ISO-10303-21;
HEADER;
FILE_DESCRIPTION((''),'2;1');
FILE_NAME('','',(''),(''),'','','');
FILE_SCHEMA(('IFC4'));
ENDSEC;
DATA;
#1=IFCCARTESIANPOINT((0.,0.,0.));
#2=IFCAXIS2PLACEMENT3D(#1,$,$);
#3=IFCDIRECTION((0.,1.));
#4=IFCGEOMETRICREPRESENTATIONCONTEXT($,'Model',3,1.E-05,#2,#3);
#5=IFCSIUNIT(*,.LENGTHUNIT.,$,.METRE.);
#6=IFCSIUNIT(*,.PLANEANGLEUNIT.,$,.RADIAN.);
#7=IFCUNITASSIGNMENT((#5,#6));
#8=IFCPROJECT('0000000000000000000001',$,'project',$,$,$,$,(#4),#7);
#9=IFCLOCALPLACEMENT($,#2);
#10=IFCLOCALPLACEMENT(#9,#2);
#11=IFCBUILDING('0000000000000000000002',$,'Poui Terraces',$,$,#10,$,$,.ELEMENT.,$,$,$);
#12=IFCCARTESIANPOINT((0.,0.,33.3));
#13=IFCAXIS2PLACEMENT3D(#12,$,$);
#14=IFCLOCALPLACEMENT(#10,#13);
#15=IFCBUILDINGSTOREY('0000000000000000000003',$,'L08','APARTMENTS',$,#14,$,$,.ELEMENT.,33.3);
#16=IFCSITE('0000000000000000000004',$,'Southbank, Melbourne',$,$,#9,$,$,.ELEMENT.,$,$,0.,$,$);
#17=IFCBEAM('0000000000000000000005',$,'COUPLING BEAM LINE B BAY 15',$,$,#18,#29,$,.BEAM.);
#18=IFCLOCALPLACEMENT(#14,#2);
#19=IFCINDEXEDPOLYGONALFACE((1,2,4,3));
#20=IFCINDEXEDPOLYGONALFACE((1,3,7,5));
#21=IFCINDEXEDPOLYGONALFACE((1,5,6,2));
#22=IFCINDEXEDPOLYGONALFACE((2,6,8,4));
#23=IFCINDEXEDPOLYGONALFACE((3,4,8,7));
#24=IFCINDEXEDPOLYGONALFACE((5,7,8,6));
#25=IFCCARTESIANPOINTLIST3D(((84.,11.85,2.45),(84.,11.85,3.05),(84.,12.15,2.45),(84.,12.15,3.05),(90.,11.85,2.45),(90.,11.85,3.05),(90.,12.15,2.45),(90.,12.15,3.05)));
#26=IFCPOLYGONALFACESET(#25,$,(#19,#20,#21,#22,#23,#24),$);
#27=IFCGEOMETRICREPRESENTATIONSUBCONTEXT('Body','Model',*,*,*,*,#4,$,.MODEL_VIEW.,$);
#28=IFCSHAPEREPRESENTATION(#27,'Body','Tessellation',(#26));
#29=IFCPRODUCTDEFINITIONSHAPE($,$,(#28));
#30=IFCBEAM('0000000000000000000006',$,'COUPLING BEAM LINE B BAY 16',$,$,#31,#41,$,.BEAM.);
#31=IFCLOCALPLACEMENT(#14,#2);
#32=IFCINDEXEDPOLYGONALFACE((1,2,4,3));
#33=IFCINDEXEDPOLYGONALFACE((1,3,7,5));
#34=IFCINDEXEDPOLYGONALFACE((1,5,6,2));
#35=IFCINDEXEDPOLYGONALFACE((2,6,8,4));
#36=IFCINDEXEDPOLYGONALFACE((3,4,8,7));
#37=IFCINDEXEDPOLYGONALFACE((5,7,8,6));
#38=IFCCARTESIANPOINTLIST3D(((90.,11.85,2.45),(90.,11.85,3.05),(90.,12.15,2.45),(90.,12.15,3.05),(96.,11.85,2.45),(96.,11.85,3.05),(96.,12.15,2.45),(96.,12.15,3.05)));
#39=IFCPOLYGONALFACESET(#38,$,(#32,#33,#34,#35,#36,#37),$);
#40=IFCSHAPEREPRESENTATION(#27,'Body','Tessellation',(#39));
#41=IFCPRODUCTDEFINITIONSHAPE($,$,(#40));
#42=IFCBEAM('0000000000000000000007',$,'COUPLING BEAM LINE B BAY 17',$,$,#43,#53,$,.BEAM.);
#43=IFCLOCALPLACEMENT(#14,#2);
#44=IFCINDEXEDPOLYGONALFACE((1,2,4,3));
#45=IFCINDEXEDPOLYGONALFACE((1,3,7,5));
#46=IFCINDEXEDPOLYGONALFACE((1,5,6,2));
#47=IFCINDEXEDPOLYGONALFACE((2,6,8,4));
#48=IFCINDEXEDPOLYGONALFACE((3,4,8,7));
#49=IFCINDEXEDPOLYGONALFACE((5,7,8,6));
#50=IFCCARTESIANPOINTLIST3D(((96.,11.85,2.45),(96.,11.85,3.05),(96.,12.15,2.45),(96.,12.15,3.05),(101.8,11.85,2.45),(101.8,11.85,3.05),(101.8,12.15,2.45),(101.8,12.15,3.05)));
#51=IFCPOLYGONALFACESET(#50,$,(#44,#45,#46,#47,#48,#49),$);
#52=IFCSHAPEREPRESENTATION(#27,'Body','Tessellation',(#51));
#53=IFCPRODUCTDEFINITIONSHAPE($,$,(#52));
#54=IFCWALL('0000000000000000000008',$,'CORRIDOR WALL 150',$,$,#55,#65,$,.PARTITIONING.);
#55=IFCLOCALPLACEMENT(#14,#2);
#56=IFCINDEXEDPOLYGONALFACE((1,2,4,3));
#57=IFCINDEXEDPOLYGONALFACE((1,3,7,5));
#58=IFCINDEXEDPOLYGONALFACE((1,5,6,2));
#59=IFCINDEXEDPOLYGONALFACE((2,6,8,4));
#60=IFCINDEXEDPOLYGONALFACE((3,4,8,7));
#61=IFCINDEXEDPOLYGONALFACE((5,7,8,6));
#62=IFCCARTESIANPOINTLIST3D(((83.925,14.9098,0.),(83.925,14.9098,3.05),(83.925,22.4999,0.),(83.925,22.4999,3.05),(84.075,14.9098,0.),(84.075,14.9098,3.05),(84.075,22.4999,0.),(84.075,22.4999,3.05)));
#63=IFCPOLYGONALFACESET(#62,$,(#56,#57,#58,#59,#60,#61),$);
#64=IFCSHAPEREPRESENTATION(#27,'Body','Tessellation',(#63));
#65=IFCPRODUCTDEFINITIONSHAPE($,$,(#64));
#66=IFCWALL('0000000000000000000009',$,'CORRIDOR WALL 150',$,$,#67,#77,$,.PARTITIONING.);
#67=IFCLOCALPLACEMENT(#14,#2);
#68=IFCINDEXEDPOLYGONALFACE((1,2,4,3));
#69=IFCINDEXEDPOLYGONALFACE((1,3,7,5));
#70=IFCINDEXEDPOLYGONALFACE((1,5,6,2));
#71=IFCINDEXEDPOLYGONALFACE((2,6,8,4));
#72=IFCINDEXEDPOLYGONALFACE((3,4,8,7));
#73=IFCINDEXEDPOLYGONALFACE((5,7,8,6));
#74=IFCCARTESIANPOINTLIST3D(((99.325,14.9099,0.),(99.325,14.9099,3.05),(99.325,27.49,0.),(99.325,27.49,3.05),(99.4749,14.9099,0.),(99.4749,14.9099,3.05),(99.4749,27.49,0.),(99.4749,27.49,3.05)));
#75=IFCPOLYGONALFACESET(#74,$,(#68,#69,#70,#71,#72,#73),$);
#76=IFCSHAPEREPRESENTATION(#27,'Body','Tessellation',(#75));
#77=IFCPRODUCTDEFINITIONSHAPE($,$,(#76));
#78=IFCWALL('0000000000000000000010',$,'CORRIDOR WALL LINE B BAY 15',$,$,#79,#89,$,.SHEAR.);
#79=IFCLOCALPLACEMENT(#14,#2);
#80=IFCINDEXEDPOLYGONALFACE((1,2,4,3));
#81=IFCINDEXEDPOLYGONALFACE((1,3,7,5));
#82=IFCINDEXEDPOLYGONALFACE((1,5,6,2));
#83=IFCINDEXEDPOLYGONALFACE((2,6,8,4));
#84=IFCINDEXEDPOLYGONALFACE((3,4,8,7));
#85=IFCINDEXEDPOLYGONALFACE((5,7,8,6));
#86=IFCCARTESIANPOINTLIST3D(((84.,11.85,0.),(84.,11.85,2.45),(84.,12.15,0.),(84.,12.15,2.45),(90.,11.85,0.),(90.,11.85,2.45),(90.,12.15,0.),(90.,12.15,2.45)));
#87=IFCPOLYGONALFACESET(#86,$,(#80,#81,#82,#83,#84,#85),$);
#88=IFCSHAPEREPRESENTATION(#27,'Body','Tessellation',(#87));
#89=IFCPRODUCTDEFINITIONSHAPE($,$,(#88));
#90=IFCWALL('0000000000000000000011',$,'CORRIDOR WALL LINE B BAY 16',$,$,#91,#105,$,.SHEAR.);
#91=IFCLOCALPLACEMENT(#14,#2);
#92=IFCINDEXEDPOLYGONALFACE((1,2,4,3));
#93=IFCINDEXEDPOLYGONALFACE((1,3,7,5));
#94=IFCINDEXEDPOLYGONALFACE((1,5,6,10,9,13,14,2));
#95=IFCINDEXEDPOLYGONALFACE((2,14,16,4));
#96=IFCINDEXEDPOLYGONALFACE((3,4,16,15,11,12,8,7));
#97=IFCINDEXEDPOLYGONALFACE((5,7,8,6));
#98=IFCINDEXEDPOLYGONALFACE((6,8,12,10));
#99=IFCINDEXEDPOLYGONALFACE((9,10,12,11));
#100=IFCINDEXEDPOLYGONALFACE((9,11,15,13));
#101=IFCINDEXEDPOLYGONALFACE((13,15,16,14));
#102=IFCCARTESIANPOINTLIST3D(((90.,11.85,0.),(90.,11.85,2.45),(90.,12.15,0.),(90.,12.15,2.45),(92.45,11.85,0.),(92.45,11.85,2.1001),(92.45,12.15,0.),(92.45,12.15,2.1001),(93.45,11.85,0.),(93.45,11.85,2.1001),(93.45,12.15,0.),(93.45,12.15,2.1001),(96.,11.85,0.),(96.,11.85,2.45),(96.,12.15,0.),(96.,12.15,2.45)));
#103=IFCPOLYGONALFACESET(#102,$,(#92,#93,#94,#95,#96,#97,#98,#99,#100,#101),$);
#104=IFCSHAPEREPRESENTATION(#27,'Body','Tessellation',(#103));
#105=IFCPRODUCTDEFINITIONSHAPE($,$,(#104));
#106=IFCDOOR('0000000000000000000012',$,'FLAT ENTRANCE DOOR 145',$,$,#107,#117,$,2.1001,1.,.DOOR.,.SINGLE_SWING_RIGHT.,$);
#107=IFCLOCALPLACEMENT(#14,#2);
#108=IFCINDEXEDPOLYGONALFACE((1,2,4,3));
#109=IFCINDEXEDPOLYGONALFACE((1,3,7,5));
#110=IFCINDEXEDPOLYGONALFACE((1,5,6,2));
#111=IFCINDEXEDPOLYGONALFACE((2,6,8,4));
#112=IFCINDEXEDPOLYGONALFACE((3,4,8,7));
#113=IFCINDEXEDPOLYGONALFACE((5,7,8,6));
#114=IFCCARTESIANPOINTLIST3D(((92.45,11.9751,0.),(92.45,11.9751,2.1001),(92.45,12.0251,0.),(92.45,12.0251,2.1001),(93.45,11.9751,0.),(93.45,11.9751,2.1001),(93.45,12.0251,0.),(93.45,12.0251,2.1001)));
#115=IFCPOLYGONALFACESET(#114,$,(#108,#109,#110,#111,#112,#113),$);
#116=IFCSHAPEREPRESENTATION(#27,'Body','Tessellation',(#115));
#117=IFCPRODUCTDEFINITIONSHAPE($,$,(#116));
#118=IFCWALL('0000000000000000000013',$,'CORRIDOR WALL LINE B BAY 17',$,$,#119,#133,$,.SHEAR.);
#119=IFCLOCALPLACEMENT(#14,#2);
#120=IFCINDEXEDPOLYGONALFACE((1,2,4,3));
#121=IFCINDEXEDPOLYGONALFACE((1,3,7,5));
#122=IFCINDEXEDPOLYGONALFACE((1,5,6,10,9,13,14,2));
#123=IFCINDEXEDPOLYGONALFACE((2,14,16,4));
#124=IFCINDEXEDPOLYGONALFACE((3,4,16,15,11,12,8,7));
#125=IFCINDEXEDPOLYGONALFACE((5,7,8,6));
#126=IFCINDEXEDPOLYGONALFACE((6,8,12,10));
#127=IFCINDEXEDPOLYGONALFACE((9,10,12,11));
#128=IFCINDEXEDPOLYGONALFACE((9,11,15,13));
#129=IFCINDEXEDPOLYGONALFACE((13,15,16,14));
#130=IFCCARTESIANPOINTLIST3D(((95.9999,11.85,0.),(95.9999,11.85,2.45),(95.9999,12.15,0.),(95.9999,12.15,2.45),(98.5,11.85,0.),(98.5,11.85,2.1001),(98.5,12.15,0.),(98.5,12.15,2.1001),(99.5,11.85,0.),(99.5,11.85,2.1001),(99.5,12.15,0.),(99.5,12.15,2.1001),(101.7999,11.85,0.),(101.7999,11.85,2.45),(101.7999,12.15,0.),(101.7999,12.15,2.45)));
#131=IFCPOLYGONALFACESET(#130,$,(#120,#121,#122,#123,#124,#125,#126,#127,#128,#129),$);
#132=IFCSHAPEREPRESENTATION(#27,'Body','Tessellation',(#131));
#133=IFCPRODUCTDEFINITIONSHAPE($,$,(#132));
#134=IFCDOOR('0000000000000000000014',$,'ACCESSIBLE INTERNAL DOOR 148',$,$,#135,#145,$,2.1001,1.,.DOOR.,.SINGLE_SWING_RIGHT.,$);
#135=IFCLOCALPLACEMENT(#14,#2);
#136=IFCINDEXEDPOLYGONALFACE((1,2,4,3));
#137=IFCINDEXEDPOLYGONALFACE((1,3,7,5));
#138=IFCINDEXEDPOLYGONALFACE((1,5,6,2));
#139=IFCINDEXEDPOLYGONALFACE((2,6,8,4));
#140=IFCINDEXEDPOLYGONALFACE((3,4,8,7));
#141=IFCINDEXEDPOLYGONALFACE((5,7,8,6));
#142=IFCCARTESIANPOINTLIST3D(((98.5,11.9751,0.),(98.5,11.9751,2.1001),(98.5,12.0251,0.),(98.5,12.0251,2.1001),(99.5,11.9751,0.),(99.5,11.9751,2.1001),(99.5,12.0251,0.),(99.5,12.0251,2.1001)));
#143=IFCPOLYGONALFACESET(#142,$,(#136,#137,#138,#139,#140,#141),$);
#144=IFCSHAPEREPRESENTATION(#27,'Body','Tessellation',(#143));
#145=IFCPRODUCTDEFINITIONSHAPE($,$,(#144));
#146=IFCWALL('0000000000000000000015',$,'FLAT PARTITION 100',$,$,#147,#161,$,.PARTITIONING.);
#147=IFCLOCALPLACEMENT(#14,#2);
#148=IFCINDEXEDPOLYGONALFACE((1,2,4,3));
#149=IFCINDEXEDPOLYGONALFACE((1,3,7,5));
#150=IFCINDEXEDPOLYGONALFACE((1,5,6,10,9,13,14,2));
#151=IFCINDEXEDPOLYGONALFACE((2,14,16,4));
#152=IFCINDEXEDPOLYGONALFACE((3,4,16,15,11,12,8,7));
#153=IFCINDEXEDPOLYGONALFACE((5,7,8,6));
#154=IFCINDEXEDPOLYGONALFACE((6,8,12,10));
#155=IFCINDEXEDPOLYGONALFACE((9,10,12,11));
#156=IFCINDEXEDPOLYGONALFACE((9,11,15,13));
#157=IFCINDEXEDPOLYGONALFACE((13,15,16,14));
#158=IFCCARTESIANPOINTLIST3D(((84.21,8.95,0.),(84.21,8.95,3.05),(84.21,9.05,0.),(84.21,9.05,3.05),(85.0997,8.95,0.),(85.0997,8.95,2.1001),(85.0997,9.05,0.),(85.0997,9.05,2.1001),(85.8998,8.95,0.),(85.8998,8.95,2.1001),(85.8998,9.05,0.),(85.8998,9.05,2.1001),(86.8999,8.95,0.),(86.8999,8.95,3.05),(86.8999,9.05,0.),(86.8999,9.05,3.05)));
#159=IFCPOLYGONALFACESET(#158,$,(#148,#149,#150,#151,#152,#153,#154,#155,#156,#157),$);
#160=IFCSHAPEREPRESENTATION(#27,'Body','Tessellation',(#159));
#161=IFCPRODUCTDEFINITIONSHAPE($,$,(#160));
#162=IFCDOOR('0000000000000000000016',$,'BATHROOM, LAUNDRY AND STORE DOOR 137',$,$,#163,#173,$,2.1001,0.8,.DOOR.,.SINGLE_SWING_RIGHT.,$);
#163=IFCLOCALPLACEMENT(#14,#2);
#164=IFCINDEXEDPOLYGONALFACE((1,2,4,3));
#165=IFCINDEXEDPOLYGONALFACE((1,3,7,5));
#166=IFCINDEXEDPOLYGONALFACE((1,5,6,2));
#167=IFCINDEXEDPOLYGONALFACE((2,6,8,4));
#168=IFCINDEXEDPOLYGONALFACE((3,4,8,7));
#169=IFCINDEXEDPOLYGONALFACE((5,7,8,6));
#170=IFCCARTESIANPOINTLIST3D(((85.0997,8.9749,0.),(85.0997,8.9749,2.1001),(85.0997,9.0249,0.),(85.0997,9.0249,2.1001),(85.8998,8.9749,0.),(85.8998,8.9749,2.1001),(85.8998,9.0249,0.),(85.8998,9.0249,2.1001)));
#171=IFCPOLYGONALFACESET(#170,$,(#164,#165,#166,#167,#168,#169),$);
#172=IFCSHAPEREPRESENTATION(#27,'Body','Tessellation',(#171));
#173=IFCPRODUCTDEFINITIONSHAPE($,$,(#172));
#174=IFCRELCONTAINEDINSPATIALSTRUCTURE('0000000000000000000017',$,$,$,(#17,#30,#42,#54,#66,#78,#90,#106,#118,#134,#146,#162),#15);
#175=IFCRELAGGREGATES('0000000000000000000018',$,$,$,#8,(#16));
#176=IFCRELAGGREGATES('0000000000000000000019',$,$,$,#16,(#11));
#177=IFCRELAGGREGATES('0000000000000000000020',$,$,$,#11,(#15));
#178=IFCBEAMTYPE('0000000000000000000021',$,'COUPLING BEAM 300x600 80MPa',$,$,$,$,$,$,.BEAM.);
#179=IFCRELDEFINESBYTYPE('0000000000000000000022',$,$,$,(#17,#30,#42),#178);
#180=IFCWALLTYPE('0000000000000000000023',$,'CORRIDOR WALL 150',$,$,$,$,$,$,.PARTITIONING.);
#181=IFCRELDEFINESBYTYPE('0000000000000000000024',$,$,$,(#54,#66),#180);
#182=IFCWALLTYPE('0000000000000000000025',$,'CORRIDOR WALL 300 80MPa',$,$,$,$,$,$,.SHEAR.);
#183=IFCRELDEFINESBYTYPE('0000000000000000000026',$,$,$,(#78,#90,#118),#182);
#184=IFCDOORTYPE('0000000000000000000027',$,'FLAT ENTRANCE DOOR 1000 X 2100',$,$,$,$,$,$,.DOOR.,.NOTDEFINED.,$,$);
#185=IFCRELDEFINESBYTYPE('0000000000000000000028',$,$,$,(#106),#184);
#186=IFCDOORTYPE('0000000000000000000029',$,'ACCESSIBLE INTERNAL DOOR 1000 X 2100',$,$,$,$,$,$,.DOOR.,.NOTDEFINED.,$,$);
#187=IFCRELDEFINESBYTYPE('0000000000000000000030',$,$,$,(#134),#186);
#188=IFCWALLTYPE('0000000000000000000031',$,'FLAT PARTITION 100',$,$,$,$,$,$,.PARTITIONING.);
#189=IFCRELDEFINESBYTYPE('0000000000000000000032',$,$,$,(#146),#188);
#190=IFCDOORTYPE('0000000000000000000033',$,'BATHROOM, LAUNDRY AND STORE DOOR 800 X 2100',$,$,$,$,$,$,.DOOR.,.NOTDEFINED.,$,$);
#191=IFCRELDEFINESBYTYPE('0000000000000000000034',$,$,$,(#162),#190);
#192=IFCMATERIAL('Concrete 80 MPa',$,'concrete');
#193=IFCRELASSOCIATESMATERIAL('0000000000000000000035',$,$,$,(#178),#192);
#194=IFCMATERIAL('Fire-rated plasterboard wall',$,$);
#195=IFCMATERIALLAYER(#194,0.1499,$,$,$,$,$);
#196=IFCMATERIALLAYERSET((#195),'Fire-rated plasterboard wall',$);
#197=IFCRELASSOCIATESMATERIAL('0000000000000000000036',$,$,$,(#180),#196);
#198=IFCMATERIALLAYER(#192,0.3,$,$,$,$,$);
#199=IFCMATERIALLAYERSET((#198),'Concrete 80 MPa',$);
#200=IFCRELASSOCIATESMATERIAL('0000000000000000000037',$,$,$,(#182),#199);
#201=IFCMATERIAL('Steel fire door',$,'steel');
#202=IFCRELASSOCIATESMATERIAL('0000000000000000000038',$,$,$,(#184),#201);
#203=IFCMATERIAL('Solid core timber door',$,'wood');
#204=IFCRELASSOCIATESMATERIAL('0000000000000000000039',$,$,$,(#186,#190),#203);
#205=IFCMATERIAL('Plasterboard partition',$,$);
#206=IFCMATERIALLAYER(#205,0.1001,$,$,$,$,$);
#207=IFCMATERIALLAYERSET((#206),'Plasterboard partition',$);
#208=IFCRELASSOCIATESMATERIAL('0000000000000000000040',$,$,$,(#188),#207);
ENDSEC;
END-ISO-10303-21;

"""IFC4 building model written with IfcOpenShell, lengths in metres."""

from ifc_helpers import new_model, si_unit, direction, frame, frame_2d, origin, origin_2d, place, context, subcontext, project, spatial, rectangle, extrude, source, transform, mapped, material, layer, layer_set, material_profile, profile_set, type_object, element, fill, save


model = new_model("IFC4")

# Units and contexts
model_context = context("Model", 3, precision=1e-05, world=origin(), true_north=direction((0.0, 1.0)))
body_context = subcontext(model_context, "Body", "Model", "MODEL_VIEW")
ifc_project = project(units=[si_unit("LENGTHUNIT", "METRE"), si_unit("PLANEANGLEUNIT", "RADIAN")], contexts=[model_context])

# Site, building, storey
site_placement = place(None, origin())
site = spatial("IfcSite", under=ifc_project, at=site_placement, Name="Southbank, Melbourne", CompositionType="ELEMENT", RefElevation=0.0)
building_placement = place(site_placement, origin())
building = spatial("IfcBuilding", under=site, at=building_placement, Name="Poui Terraces", CompositionType="ELEMENT")
storey_placement = place(building_placement, frame((0.0, 0.0, 33.3)))
storey = spatial("IfcBuildingStorey", under=building, at=storey_placement, Name="L08", Description="APARTMENTS", CompositionType="ELEMENT", Elevation=33.3)

# Beams
ifc_material_1 = material(Name="Concrete 80 MPa", Category="concrete")
ifc_material_profile = material_profile(ifc_material_1, rectangle(XDim=0.3, YDim=0.6001, at=origin_2d()), Name="RC 300x600")
ifc_profile_set = profile_set([ifc_material_profile], Name="Concrete 80 MPa")
beam_type = type_object("IfcBeamType", Name="COUPLING BEAM 300x600 80MPa", PredefinedType="BEAM", material=ifc_profile_set)
shared_shape_1 = source(origin(), body_context, "Body", "SweptSolid", [
    extrude(rectangle(XDim=0.3, YDim=0.6001, at=origin_2d()), origin(), (0.0, 0.0, 1.0), 6.0),
])
for number, where, z_axis, x_axis, name in (
    (1, (84.0, 12.0, 2.75), (1.0, 0.0, 0.0), (0.0, 1.0, 0.0), "COUPLING BEAM LINE B BAY 15"),
    (2, (90.0, 12.0, 2.75), (1.0, 0.0, 0.0), (0.0, 1.0, 0.0), "COUPLING BEAM LINE B BAY 16"),
):
    element("IfcBeam", number, at=place(storey_placement, frame(where, z_axis=z_axis, x_axis=x_axis)), inside=storey, type_object=beam_type, Name=name, PredefinedType="BEAM", context=body_context, shape_type="MappedRepresentation", body=[
        mapped(shared_shape_1, transform((0.0, 0.0, 0.0))),
    ])
shared_shape_2 = source(origin(), body_context, "Body", "SweptSolid", [
    extrude(rectangle(XDim=0.3, YDim=0.6001, at=origin_2d()), origin(), (0.0, 0.0, 1.0), 5.8),
])
beam_placement = place(storey_placement, frame((96.0, 12.0, 2.75), z_axis=(1.0, 0.0, 0.0), x_axis=(0.0, 1.0, 0.0)))
element("IfcBeam", 3, at=beam_placement, inside=storey, type_object=beam_type, Name="COUPLING BEAM LINE B BAY 17", PredefinedType="BEAM", context=body_context, shape_type="MappedRepresentation", body=[
    mapped(shared_shape_2, transform((0.0, 0.0, 0.0))),
])

# Walls
ifc_material_2 = material(Name="Fire-rated plasterboard wall")
ifc_layer_1 = layer(ifc_material_2, 0.1499)
ifc_layer_set_1 = layer_set([ifc_layer_1], Name="Fire-rated plasterboard wall")
wall_type_1 = type_object("IfcWallType", Name="CORRIDOR WALL 150", PredefinedType="PARTITIONING", material=ifc_layer_set_1)
wall_1_placement = place(storey_placement, frame((84.0, 14.9099, 0.0), z_axis=(0.0, 0.0, 1.0), x_axis=(0.0, 1.0, 0.0)))
element("IfcWall", 4, at=wall_1_placement, inside=storey, type_object=wall_type_1, Name="CORRIDOR WALL 150", PredefinedType="PARTITIONING", context=body_context, shape_type="SweptSolid", body=[
    extrude(rectangle(XDim=7.5901, YDim=0.1499, at=frame_2d((3.7949, 0.0))), origin(), (0.0, 0.0, 1.0), 3.05),
])
wall_2_placement = place(storey_placement, frame((99.3999, 14.9099, 0.0), z_axis=(0.0, 0.0, 1.0), x_axis=(0.0, 1.0, 0.0)))
element("IfcWall", 5, at=wall_2_placement, inside=storey, type_object=wall_type_1, Name="CORRIDOR WALL 150", PredefinedType="PARTITIONING", context=body_context, shape_type="SweptSolid", body=[
    extrude(rectangle(XDim=12.5801, YDim=0.1499, at=frame_2d((6.29, 0.0))), origin(), (0.0, 0.0, 1.0), 3.05),
])
ifc_layer_2 = layer(ifc_material_1, 0.3)
ifc_layer_set_2 = layer_set([ifc_layer_2], Name="Concrete 80 MPa")
wall_type_2 = type_object("IfcWallType", Name="CORRIDOR WALL 300 80MPa", PredefinedType="SHEAR", material=ifc_layer_set_2)
wall_3_placement = place(storey_placement, frame((84.0, 12.0, 0.0), z_axis=(0.0, 0.0, 1.0), x_axis=(1.0, 0.0, 0.0)))
element("IfcWall", 6, at=wall_3_placement, inside=storey, type_object=wall_type_2, Name="CORRIDOR WALL LINE B BAY 15", PredefinedType="SHEAR", context=body_context, shape_type="SweptSolid", body=[
    extrude(rectangle(XDim=6.0, YDim=0.3, at=frame_2d((3.0, 0.0))), origin(), (0.0, 0.0, 1.0), 2.45),
])

# Walls, openings, doors
wall_4_placement = place(storey_placement, frame((90.0, 12.0, 0.0), z_axis=(0.0, 0.0, 1.0), x_axis=(1.0, 0.0, 0.0)))
wall_4 = element("IfcWall", 7, at=wall_4_placement, inside=storey, type_object=wall_type_2, Name="CORRIDOR WALL LINE B BAY 16", PredefinedType="SHEAR", context=body_context, shape_type="SweptSolid", body=[
    extrude(rectangle(XDim=6.0, YDim=0.3, at=frame_2d((3.0, 0.0))), origin(), (0.0, 0.0, 1.0), 2.45),
])
opening_1_placement = place(wall_4_placement, frame((2.45, 0.0, 0.0)))
opening_1 = element("IfcOpeningElement", 8, at=opening_1_placement, cuts=wall_4, PredefinedType="OPENING", context=body_context, shape_type="SweptSolid", body=[
    extrude(rectangle(XDim=1.0, YDim=2.1001, at=frame_2d((0.5, 1.05))), frame((0.0, 0.1602, 0.0), z_axis=(0.0, -1.0, 0.0), x_axis=(1.0, 0.0, 0.0)), (0.0, 0.0, 1.0), 0.3201),
])
ifc_material_3 = material(Name="Steel fire door", Category="steel")
door_type_1 = type_object("IfcDoorType", Name="FLAT ENTRANCE DOOR 1000 X 2100", OperationType="NOTDEFINED", PredefinedType="DOOR", material=ifc_material_3)
door_1_placement = place(opening_1_placement, frame((1.0, 0.0, 0.0), z_axis=(0.0, 0.0, 1.0), x_axis=(-1.0, 0.0, 0.0)))
door_1 = element("IfcDoor", 9, at=door_1_placement, inside=storey, type_object=door_type_1, Name="FLAT ENTRANCE DOOR 145", OperationType="SINGLE_SWING_RIGHT", OverallHeight=2.1001, OverallWidth=1.0, PredefinedType="DOOR", context=body_context, shape_type="SweptSolid", body=[
    extrude(rectangle(XDim=1.0, YDim=2.1001, at=frame_2d((0.5, 1.05))), frame((0.0, 0.0249, 0.0), z_axis=(0.0, -1.0, 0.0), x_axis=(1.0, 0.0, 0.0)), (0.0, 0.0, 1.0), 0.05),
])
fill(opening_1, door_1)
wall_5_placement = place(storey_placement, frame((96.0, 12.0, 0.0), z_axis=(0.0, 0.0, 1.0), x_axis=(1.0, 0.0, 0.0)))
wall_5 = element("IfcWall", 10, at=wall_5_placement, inside=storey, type_object=wall_type_2, Name="CORRIDOR WALL LINE B BAY 17", PredefinedType="SHEAR", context=body_context, shape_type="SweptSolid", body=[
    extrude(rectangle(XDim=5.8, YDim=0.3, at=frame_2d((2.8999, 0.0))), origin(), (0.0, 0.0, 1.0), 2.45),
])
opening_2_placement = place(wall_5_placement, frame((2.5, 0.0, 0.0)))
opening_2 = element("IfcOpeningElement", 11, at=opening_2_placement, cuts=wall_5, PredefinedType="OPENING", context=body_context, shape_type="SweptSolid", body=[
    extrude(rectangle(XDim=1.0, YDim=2.1001, at=frame_2d((0.5, 1.05))), frame((0.0, 0.1602, 0.0), z_axis=(0.0, -1.0, 0.0), x_axis=(1.0, 0.0, 0.0)), (0.0, 0.0, 1.0), 0.3201),
])
ifc_material_4 = material(Name="Solid core timber door", Category="wood")
door_type_2 = type_object("IfcDoorType", Name="ACCESSIBLE INTERNAL DOOR 1000 X 2100", OperationType="NOTDEFINED", PredefinedType="DOOR", material=ifc_material_4)
door_2_placement = place(opening_2_placement, frame((1.0, 0.0, 0.0), z_axis=(0.0, 0.0, 1.0), x_axis=(-1.0, 0.0, 0.0)))
door_2 = element("IfcDoor", 12, at=door_2_placement, inside=storey, type_object=door_type_2, Name="ACCESSIBLE INTERNAL DOOR 148", OperationType="SINGLE_SWING_RIGHT", OverallHeight=2.1001, OverallWidth=1.0, PredefinedType="DOOR", context=body_context, shape_type="SweptSolid", body=[
    extrude(rectangle(XDim=1.0, YDim=2.1001, at=frame_2d((0.5, 1.05))), frame((0.0, 0.0249, 0.0), z_axis=(0.0, -1.0, 0.0), x_axis=(1.0, 0.0, 0.0)), (0.0, 0.0, 1.0), 0.05),
])
fill(opening_2, door_2)
ifc_material_5 = material(Name="Plasterboard partition")
ifc_layer_3 = layer(ifc_material_5, 0.1001)
ifc_layer_set_3 = layer_set([ifc_layer_3], Name="Plasterboard partition")
wall_type_3 = type_object("IfcWallType", Name="FLAT PARTITION 100", PredefinedType="PARTITIONING", material=ifc_layer_set_3)
wall_6_placement = place(storey_placement, frame((84.21, 9.0, 0.0), z_axis=(0.0, 0.0, 1.0), x_axis=(1.0, 0.0, 0.0)))
wall_6 = element("IfcWall", 13, at=wall_6_placement, inside=storey, type_object=wall_type_3, Name="FLAT PARTITION 100", PredefinedType="PARTITIONING", context=body_context, shape_type="SweptSolid", body=[
    extrude(rectangle(XDim=2.6899, YDim=0.1001, at=frame_2d((1.345, 0.0))), origin(), (0.0, 0.0, 1.0), 3.05),
])
opening_3_placement = place(wall_6_placement, frame((0.8899, 0.0, 0.0)))
opening_3 = element("IfcOpeningElement", 14, at=opening_3_placement, cuts=wall_6, PredefinedType="OPENING", context=body_context, shape_type="SweptSolid", body=[
    extrude(rectangle(XDim=0.8, YDim=2.1001, at=frame_2d((0.3999, 1.05))), frame((0.0, 0.0601, 0.0), z_axis=(0.0, -1.0, 0.0), x_axis=(1.0, 0.0, 0.0)), (0.0, 0.0, 1.0), 0.1201),
])
door_type_3 = type_object("IfcDoorType", Name="BATHROOM, LAUNDRY AND STORE DOOR 800 X 2100", OperationType="NOTDEFINED", PredefinedType="DOOR", material=ifc_material_4)
door_3_placement = place(opening_3_placement, origin())
door_3 = element("IfcDoor", 15, at=door_3_placement, inside=storey, type_object=door_type_3, Name="BATHROOM, LAUNDRY AND STORE DOOR 137", OperationType="SINGLE_SWING_RIGHT", OverallHeight=2.1001, OverallWidth=0.8, PredefinedType="DOOR", context=body_context, shape_type="SweptSolid", body=[
    extrude(rectangle(XDim=0.8, YDim=2.1001, at=frame_2d((0.3999, 1.05))), frame((0.0, 0.0249, 0.0), z_axis=(0.0, -1.0, 0.0), x_axis=(1.0, 0.0, 0.0)), (0.0, 0.0, 1.0), 0.05),
])
fill(opening_3, door_3)

save(model, "model.ifc")
